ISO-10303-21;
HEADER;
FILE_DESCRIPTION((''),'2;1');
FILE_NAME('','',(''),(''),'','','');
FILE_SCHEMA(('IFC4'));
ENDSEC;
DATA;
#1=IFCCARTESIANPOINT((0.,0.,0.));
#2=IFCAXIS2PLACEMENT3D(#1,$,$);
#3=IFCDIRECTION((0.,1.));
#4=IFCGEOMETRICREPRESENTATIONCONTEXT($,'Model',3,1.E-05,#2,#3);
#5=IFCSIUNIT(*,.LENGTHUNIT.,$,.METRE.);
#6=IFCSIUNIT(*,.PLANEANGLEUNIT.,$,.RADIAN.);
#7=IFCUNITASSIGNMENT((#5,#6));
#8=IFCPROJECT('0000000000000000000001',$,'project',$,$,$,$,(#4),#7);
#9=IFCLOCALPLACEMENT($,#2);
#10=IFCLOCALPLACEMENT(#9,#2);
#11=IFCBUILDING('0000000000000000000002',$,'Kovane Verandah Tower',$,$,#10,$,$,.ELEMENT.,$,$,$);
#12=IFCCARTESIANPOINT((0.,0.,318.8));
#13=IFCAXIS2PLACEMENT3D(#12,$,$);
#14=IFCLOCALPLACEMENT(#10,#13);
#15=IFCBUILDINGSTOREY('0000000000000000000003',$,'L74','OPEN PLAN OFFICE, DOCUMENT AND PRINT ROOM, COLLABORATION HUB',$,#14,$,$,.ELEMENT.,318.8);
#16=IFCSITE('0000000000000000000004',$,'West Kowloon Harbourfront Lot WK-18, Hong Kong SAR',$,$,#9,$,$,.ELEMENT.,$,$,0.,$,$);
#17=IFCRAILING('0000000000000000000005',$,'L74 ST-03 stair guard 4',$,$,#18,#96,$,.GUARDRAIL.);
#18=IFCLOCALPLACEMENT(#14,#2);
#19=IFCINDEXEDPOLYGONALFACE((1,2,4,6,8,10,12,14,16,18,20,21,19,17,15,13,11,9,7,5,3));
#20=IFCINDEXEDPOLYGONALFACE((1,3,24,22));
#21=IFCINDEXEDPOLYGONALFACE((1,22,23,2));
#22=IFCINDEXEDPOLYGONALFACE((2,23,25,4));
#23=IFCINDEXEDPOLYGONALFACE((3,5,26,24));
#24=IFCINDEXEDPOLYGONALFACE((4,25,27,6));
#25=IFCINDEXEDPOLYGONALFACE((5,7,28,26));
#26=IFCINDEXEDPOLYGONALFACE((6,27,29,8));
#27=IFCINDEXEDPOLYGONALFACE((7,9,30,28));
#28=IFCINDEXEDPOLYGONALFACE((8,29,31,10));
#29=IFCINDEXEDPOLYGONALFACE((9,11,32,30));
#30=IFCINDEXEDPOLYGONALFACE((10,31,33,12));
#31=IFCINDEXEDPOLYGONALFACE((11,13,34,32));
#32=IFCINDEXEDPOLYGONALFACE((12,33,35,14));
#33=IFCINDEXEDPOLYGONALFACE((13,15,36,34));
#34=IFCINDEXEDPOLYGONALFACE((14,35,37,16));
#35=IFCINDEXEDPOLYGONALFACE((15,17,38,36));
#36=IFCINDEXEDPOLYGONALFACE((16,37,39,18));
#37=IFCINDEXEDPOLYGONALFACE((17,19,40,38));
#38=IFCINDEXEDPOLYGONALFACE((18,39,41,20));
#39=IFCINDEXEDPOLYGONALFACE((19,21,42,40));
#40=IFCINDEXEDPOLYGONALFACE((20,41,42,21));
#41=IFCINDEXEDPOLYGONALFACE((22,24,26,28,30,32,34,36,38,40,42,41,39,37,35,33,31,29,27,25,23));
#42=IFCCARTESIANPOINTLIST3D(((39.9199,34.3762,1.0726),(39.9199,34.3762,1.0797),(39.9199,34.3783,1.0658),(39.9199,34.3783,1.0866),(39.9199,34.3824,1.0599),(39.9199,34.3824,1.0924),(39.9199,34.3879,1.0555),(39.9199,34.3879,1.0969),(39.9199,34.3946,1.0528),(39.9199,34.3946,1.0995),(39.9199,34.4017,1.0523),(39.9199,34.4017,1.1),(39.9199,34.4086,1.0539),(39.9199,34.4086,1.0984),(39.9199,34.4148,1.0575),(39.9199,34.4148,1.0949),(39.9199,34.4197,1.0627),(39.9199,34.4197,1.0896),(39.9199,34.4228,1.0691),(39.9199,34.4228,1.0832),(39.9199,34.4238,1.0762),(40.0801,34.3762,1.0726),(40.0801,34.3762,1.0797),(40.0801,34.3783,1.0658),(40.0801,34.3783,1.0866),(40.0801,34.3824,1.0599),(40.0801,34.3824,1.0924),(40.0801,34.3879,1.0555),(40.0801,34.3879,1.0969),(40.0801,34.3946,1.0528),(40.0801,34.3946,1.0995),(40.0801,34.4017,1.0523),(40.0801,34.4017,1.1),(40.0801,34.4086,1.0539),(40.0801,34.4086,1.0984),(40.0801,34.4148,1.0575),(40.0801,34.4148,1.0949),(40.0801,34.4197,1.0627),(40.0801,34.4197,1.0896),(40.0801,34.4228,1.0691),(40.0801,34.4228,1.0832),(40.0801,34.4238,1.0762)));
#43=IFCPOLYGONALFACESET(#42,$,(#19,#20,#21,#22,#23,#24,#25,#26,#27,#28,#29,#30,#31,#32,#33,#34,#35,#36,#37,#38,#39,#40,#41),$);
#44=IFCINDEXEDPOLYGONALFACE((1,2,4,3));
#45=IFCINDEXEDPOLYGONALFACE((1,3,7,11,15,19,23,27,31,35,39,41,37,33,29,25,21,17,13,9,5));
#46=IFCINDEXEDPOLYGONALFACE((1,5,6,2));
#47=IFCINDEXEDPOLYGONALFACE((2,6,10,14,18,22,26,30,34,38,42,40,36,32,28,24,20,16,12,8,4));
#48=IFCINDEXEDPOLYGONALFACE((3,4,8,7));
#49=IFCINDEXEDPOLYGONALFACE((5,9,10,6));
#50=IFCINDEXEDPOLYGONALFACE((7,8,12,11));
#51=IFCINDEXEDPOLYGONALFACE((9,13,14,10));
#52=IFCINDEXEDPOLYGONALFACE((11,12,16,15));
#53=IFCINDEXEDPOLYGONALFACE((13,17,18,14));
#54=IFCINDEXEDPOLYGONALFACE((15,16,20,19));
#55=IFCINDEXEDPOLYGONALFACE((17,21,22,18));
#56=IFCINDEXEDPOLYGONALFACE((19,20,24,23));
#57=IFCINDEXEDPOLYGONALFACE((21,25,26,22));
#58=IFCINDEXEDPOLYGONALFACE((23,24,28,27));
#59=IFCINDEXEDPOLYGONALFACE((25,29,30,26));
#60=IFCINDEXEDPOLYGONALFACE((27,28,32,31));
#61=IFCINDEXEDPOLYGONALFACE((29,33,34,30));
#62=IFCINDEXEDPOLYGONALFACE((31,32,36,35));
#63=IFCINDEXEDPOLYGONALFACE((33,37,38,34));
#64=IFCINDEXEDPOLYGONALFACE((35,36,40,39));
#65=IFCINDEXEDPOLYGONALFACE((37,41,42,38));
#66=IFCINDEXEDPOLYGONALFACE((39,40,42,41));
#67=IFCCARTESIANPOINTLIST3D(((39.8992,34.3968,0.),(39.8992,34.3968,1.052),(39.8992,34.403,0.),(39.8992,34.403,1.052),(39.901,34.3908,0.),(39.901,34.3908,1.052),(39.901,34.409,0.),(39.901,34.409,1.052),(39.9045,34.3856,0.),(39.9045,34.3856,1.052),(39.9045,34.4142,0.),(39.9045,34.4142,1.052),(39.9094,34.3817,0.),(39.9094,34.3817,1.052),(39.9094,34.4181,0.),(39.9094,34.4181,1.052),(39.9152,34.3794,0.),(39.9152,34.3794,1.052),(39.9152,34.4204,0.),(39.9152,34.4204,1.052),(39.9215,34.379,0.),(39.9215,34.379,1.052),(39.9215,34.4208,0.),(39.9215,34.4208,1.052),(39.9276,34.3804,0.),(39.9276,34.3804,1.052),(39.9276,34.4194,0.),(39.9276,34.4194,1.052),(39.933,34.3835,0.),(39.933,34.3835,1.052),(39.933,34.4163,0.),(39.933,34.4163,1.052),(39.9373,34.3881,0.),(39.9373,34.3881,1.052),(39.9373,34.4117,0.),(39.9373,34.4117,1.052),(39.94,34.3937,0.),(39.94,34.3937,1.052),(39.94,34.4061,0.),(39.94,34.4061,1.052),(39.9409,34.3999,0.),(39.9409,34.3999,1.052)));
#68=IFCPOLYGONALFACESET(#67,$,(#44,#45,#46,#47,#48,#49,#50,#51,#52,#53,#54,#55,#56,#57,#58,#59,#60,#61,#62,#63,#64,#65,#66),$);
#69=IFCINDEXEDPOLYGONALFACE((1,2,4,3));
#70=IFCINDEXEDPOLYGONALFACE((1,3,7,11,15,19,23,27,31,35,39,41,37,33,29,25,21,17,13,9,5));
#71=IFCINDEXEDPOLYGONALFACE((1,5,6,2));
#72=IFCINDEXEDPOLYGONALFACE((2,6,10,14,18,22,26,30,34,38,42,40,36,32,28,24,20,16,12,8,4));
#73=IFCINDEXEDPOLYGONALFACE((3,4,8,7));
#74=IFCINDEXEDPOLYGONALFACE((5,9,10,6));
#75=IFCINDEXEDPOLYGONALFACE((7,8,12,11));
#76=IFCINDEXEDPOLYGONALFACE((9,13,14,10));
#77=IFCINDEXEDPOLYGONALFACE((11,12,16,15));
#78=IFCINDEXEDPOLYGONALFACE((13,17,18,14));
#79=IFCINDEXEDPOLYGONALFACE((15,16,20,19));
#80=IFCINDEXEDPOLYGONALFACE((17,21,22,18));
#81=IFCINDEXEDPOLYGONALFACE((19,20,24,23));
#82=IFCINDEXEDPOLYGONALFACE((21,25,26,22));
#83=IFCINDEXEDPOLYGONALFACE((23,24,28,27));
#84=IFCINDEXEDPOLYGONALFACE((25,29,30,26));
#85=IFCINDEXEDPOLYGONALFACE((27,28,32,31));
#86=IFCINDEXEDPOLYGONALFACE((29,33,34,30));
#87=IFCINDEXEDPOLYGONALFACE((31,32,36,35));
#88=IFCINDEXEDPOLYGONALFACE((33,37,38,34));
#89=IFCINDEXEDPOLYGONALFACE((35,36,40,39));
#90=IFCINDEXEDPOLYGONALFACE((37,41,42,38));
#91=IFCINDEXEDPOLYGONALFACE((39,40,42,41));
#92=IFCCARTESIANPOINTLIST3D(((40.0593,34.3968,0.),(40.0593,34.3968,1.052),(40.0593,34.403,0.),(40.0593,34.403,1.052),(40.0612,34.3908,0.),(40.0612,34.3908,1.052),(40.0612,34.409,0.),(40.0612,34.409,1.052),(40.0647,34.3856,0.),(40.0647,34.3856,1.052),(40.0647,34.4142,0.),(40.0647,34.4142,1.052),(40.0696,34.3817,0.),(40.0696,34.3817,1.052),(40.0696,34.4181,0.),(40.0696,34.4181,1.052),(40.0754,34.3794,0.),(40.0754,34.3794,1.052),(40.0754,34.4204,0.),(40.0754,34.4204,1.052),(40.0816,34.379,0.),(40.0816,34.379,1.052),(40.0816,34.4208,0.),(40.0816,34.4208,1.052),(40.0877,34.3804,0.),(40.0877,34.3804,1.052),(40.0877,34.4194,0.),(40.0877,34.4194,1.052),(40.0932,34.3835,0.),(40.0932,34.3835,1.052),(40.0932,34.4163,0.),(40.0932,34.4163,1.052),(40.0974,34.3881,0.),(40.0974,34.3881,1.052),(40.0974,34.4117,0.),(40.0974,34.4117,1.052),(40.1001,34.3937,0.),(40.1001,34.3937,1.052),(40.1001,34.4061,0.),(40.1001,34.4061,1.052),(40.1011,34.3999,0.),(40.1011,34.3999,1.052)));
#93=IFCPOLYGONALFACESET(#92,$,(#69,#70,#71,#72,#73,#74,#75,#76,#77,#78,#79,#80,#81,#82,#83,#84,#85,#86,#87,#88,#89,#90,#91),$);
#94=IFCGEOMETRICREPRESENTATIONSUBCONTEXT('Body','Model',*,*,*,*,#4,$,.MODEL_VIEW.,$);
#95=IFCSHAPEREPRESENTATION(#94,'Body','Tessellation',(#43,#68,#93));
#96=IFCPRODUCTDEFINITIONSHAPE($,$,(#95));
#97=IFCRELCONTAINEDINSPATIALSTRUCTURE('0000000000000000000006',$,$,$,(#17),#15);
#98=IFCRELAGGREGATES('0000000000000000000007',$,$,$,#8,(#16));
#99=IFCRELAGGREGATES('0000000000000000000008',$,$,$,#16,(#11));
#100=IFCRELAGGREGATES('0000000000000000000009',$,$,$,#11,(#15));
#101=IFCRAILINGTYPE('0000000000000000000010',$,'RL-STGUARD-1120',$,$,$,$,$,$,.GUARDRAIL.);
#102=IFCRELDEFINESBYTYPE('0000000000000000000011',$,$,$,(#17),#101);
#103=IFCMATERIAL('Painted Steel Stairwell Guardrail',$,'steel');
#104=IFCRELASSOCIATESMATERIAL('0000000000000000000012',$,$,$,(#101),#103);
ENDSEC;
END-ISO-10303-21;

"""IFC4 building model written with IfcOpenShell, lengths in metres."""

from ifc_helpers import new_model, si_unit, direction, frame, origin, origin_2d, place, context, subcontext, project, spatial, circle, extrude, material, type_object, element, save


model = new_model("IFC4")

# Units and contexts
model_context = context("Model", 3, precision=1e-05, world=origin(), true_north=direction((0.0, 1.0)))
body_context = subcontext(model_context, "Body", "Model", "MODEL_VIEW")
ifc_project = project(units=[si_unit("LENGTHUNIT", "METRE"), si_unit("PLANEANGLEUNIT", "RADIAN")], contexts=[model_context])

# Site, building, storey
site_placement = place(None, origin())
site = spatial("IfcSite", under=ifc_project, at=site_placement, Name="West Kowloon Harbourfront Lot WK-18, Hong Kong SAR", CompositionType="ELEMENT", RefElevation=0.0)
building_placement = place(site_placement, origin())
building = spatial("IfcBuilding", under=site, at=building_placement, Name="Kovane Verandah Tower", CompositionType="ELEMENT")
storey_placement = place(building_placement, frame((0.0, 0.0, 318.8)))
storey = spatial("IfcBuildingStorey", under=building, at=storey_placement, Name="L74", Description="OPEN PLAN OFFICE, DOCUMENT AND PRINT ROOM, COLLABORATION HUB", CompositionType="ELEMENT", Elevation=318.8)

# Railing
ifc_material_1 = material(Name="Painted Steel Stairwell Guardrail", Category="steel")
railing_type = type_object("IfcRailingType", Name="RL-STGUARD-1120", PredefinedType="GUARDRAIL", material=ifc_material_1)
railing_1_placement = place(storey_placement, frame((39.9199, 34.3999, 0.0)))
element("IfcRailing", 1, at=railing_1_placement, inside=storey, type_object=railing_type, Name="L74 ST-03 stair guard 4", PredefinedType="GUARDRAIL", context=body_context, shape_type="SweptSolid", body=[
    extrude(circle(Radius=0.0239, at=origin_2d()), frame((0.0, 0.0, 1.0762), z_axis=(1.0, 0.0, 0.0), x_axis=(0.0, 1.0, 0.0)), (0.0, 0.0, 1.0), 0.1602),
    extrude(circle(Radius=0.021, at=origin_2d()), origin(), (0.0, 0.0, 1.0), 1.052),
    extrude(circle(Radius=0.021, at=origin_2d()), frame((0.1602, 0.0, 0.0)), (0.0, 0.0, 1.0), 1.052),
])

save(model, "model.ifc")
